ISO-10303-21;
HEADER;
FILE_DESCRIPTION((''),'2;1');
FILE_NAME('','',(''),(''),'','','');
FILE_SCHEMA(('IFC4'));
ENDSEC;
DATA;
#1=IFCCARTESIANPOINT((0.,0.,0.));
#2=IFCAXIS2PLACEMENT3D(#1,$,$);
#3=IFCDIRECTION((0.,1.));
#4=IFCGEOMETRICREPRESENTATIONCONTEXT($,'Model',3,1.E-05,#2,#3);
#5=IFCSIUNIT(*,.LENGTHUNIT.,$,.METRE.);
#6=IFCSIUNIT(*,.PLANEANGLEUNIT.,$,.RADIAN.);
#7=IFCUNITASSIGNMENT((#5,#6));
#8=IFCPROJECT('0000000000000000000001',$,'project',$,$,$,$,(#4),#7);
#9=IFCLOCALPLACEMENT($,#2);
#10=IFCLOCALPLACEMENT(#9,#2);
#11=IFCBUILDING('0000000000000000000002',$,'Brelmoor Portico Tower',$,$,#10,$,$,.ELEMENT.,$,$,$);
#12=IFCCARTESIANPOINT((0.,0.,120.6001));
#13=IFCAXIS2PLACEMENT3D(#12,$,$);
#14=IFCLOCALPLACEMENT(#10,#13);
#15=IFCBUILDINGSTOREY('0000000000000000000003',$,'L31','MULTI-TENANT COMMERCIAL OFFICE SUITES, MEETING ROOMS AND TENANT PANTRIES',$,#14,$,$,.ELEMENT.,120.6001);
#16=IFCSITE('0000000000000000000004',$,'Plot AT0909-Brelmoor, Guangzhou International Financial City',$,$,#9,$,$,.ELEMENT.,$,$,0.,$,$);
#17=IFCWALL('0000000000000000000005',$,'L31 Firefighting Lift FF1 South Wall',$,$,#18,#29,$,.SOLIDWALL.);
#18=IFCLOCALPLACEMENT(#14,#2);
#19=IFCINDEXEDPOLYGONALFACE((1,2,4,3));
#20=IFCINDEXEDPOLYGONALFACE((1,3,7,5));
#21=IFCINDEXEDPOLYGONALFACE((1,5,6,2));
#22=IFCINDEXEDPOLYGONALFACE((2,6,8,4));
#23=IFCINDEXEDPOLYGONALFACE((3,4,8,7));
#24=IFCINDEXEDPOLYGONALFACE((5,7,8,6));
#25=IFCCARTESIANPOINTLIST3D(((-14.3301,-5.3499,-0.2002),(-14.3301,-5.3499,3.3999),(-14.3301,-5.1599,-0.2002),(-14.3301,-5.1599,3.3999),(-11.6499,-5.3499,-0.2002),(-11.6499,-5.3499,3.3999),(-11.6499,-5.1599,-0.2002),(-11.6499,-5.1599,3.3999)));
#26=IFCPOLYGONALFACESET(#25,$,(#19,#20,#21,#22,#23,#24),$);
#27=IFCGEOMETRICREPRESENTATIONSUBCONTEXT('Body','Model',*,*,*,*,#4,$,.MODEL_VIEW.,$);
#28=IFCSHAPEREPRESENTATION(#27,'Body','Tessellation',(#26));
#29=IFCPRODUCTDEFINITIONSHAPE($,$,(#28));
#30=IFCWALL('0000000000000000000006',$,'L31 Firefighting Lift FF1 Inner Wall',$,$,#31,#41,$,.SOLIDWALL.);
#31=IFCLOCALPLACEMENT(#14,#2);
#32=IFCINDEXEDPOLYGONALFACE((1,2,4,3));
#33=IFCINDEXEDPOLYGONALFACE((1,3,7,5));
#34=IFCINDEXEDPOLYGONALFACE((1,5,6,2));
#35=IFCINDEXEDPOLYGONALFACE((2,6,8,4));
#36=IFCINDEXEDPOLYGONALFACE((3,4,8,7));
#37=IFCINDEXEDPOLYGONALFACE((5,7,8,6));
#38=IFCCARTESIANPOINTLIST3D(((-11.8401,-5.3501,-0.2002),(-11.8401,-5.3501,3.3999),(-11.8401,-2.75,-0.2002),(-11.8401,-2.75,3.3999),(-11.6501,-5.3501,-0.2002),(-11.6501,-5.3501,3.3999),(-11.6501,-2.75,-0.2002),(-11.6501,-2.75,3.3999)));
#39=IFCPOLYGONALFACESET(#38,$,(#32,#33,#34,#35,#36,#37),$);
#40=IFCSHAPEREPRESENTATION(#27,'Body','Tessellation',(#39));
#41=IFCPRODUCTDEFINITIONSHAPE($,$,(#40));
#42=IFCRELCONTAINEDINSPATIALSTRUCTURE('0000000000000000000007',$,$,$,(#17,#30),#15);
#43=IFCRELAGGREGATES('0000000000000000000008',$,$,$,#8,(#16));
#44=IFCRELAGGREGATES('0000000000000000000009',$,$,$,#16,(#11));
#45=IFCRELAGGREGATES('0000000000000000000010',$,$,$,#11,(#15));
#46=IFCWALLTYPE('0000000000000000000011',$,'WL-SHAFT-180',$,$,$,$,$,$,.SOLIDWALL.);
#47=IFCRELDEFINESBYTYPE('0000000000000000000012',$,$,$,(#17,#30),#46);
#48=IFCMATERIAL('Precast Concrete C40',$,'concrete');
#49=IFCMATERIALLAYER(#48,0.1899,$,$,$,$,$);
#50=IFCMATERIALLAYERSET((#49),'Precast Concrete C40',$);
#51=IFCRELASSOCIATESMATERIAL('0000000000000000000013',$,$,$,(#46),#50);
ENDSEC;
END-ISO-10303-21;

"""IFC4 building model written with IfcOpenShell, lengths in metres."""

from ifc_helpers import new_model, si_unit, direction, frame, frame_2d, origin, place, context, subcontext, project, spatial, rectangle, extrude, material, layer, layer_set, type_object, element, save


model = new_model("IFC4")

# Units and contexts
model_context = context("Model", 3, precision=1e-05, world=origin(), true_north=direction((0.0, 1.0)))
body_context = subcontext(model_context, "Body", "Model", "MODEL_VIEW")
ifc_project = project(units=[si_unit("LENGTHUNIT", "METRE"), si_unit("PLANEANGLEUNIT", "RADIAN")], contexts=[model_context])

# Site, building, storey
site_placement = place(None, origin())
site = spatial("IfcSite", under=ifc_project, at=site_placement, Name="Plot AT0909-Brelmoor, Guangzhou International Financial City", CompositionType="ELEMENT", RefElevation=0.0)
building_placement = place(site_placement, origin())
building = spatial("IfcBuilding", under=site, at=building_placement, Name="Brelmoor Portico Tower", CompositionType="ELEMENT")
storey_placement = place(building_placement, frame((0.0, 0.0, 120.6001)))
storey = spatial("IfcBuildingStorey", under=building, at=storey_placement, Name="L31", Description="MULTI-TENANT COMMERCIAL OFFICE SUITES, MEETING ROOMS AND TENANT PANTRIES", CompositionType="ELEMENT", Elevation=120.6001)

# Shared definitions
ifc_material_1 = material(Name="Precast Concrete C40", Category="concrete")
ifc_layer_1 = layer(ifc_material_1, 0.1899)
ifc_layer_set_1 = layer_set([ifc_layer_1], Name="Precast Concrete C40")
wall_type_1 = type_object("IfcWallType", Name="WL-SHAFT-180", PredefinedType="SOLIDWALL", material=ifc_layer_set_1)

# Walls
wall_1_placement = place(storey_placement, frame((-14.3301, -5.2549, -0.2002), z_axis=(0.0, 0.0, 1.0), x_axis=(1.0, 0.0, 0.0)))
element("IfcWall", 1, at=wall_1_placement, inside=storey, type_object=wall_type_1, Name="L31 Firefighting Lift FF1 South Wall", PredefinedType="SOLIDWALL", context=body_context, shape_type="SweptSolid", body=[
    extrude(rectangle(XDim=2.6802, YDim=0.1899, at=frame_2d((1.3401, 0.0))), origin(), (0.0, 0.0, 1.0), 3.6001),
])
wall_2_placement = place(storey_placement, frame((-11.7451, -5.3501, -0.2002), z_axis=(0.0, 0.0, 1.0), x_axis=(0.0, 1.0, 0.0)))
element("IfcWall", 2, at=wall_2_placement, inside=storey, type_object=wall_type_1, Name="L31 Firefighting Lift FF1 Inner Wall", PredefinedType="SOLIDWALL", context=body_context, shape_type="SweptSolid", body=[
    extrude(rectangle(XDim=2.6001, YDim=0.1899, at=frame_2d((1.3, 0.0))), origin(), (0.0, 0.0, 1.0), 3.6001),
])

save(model, "model.ifc")
